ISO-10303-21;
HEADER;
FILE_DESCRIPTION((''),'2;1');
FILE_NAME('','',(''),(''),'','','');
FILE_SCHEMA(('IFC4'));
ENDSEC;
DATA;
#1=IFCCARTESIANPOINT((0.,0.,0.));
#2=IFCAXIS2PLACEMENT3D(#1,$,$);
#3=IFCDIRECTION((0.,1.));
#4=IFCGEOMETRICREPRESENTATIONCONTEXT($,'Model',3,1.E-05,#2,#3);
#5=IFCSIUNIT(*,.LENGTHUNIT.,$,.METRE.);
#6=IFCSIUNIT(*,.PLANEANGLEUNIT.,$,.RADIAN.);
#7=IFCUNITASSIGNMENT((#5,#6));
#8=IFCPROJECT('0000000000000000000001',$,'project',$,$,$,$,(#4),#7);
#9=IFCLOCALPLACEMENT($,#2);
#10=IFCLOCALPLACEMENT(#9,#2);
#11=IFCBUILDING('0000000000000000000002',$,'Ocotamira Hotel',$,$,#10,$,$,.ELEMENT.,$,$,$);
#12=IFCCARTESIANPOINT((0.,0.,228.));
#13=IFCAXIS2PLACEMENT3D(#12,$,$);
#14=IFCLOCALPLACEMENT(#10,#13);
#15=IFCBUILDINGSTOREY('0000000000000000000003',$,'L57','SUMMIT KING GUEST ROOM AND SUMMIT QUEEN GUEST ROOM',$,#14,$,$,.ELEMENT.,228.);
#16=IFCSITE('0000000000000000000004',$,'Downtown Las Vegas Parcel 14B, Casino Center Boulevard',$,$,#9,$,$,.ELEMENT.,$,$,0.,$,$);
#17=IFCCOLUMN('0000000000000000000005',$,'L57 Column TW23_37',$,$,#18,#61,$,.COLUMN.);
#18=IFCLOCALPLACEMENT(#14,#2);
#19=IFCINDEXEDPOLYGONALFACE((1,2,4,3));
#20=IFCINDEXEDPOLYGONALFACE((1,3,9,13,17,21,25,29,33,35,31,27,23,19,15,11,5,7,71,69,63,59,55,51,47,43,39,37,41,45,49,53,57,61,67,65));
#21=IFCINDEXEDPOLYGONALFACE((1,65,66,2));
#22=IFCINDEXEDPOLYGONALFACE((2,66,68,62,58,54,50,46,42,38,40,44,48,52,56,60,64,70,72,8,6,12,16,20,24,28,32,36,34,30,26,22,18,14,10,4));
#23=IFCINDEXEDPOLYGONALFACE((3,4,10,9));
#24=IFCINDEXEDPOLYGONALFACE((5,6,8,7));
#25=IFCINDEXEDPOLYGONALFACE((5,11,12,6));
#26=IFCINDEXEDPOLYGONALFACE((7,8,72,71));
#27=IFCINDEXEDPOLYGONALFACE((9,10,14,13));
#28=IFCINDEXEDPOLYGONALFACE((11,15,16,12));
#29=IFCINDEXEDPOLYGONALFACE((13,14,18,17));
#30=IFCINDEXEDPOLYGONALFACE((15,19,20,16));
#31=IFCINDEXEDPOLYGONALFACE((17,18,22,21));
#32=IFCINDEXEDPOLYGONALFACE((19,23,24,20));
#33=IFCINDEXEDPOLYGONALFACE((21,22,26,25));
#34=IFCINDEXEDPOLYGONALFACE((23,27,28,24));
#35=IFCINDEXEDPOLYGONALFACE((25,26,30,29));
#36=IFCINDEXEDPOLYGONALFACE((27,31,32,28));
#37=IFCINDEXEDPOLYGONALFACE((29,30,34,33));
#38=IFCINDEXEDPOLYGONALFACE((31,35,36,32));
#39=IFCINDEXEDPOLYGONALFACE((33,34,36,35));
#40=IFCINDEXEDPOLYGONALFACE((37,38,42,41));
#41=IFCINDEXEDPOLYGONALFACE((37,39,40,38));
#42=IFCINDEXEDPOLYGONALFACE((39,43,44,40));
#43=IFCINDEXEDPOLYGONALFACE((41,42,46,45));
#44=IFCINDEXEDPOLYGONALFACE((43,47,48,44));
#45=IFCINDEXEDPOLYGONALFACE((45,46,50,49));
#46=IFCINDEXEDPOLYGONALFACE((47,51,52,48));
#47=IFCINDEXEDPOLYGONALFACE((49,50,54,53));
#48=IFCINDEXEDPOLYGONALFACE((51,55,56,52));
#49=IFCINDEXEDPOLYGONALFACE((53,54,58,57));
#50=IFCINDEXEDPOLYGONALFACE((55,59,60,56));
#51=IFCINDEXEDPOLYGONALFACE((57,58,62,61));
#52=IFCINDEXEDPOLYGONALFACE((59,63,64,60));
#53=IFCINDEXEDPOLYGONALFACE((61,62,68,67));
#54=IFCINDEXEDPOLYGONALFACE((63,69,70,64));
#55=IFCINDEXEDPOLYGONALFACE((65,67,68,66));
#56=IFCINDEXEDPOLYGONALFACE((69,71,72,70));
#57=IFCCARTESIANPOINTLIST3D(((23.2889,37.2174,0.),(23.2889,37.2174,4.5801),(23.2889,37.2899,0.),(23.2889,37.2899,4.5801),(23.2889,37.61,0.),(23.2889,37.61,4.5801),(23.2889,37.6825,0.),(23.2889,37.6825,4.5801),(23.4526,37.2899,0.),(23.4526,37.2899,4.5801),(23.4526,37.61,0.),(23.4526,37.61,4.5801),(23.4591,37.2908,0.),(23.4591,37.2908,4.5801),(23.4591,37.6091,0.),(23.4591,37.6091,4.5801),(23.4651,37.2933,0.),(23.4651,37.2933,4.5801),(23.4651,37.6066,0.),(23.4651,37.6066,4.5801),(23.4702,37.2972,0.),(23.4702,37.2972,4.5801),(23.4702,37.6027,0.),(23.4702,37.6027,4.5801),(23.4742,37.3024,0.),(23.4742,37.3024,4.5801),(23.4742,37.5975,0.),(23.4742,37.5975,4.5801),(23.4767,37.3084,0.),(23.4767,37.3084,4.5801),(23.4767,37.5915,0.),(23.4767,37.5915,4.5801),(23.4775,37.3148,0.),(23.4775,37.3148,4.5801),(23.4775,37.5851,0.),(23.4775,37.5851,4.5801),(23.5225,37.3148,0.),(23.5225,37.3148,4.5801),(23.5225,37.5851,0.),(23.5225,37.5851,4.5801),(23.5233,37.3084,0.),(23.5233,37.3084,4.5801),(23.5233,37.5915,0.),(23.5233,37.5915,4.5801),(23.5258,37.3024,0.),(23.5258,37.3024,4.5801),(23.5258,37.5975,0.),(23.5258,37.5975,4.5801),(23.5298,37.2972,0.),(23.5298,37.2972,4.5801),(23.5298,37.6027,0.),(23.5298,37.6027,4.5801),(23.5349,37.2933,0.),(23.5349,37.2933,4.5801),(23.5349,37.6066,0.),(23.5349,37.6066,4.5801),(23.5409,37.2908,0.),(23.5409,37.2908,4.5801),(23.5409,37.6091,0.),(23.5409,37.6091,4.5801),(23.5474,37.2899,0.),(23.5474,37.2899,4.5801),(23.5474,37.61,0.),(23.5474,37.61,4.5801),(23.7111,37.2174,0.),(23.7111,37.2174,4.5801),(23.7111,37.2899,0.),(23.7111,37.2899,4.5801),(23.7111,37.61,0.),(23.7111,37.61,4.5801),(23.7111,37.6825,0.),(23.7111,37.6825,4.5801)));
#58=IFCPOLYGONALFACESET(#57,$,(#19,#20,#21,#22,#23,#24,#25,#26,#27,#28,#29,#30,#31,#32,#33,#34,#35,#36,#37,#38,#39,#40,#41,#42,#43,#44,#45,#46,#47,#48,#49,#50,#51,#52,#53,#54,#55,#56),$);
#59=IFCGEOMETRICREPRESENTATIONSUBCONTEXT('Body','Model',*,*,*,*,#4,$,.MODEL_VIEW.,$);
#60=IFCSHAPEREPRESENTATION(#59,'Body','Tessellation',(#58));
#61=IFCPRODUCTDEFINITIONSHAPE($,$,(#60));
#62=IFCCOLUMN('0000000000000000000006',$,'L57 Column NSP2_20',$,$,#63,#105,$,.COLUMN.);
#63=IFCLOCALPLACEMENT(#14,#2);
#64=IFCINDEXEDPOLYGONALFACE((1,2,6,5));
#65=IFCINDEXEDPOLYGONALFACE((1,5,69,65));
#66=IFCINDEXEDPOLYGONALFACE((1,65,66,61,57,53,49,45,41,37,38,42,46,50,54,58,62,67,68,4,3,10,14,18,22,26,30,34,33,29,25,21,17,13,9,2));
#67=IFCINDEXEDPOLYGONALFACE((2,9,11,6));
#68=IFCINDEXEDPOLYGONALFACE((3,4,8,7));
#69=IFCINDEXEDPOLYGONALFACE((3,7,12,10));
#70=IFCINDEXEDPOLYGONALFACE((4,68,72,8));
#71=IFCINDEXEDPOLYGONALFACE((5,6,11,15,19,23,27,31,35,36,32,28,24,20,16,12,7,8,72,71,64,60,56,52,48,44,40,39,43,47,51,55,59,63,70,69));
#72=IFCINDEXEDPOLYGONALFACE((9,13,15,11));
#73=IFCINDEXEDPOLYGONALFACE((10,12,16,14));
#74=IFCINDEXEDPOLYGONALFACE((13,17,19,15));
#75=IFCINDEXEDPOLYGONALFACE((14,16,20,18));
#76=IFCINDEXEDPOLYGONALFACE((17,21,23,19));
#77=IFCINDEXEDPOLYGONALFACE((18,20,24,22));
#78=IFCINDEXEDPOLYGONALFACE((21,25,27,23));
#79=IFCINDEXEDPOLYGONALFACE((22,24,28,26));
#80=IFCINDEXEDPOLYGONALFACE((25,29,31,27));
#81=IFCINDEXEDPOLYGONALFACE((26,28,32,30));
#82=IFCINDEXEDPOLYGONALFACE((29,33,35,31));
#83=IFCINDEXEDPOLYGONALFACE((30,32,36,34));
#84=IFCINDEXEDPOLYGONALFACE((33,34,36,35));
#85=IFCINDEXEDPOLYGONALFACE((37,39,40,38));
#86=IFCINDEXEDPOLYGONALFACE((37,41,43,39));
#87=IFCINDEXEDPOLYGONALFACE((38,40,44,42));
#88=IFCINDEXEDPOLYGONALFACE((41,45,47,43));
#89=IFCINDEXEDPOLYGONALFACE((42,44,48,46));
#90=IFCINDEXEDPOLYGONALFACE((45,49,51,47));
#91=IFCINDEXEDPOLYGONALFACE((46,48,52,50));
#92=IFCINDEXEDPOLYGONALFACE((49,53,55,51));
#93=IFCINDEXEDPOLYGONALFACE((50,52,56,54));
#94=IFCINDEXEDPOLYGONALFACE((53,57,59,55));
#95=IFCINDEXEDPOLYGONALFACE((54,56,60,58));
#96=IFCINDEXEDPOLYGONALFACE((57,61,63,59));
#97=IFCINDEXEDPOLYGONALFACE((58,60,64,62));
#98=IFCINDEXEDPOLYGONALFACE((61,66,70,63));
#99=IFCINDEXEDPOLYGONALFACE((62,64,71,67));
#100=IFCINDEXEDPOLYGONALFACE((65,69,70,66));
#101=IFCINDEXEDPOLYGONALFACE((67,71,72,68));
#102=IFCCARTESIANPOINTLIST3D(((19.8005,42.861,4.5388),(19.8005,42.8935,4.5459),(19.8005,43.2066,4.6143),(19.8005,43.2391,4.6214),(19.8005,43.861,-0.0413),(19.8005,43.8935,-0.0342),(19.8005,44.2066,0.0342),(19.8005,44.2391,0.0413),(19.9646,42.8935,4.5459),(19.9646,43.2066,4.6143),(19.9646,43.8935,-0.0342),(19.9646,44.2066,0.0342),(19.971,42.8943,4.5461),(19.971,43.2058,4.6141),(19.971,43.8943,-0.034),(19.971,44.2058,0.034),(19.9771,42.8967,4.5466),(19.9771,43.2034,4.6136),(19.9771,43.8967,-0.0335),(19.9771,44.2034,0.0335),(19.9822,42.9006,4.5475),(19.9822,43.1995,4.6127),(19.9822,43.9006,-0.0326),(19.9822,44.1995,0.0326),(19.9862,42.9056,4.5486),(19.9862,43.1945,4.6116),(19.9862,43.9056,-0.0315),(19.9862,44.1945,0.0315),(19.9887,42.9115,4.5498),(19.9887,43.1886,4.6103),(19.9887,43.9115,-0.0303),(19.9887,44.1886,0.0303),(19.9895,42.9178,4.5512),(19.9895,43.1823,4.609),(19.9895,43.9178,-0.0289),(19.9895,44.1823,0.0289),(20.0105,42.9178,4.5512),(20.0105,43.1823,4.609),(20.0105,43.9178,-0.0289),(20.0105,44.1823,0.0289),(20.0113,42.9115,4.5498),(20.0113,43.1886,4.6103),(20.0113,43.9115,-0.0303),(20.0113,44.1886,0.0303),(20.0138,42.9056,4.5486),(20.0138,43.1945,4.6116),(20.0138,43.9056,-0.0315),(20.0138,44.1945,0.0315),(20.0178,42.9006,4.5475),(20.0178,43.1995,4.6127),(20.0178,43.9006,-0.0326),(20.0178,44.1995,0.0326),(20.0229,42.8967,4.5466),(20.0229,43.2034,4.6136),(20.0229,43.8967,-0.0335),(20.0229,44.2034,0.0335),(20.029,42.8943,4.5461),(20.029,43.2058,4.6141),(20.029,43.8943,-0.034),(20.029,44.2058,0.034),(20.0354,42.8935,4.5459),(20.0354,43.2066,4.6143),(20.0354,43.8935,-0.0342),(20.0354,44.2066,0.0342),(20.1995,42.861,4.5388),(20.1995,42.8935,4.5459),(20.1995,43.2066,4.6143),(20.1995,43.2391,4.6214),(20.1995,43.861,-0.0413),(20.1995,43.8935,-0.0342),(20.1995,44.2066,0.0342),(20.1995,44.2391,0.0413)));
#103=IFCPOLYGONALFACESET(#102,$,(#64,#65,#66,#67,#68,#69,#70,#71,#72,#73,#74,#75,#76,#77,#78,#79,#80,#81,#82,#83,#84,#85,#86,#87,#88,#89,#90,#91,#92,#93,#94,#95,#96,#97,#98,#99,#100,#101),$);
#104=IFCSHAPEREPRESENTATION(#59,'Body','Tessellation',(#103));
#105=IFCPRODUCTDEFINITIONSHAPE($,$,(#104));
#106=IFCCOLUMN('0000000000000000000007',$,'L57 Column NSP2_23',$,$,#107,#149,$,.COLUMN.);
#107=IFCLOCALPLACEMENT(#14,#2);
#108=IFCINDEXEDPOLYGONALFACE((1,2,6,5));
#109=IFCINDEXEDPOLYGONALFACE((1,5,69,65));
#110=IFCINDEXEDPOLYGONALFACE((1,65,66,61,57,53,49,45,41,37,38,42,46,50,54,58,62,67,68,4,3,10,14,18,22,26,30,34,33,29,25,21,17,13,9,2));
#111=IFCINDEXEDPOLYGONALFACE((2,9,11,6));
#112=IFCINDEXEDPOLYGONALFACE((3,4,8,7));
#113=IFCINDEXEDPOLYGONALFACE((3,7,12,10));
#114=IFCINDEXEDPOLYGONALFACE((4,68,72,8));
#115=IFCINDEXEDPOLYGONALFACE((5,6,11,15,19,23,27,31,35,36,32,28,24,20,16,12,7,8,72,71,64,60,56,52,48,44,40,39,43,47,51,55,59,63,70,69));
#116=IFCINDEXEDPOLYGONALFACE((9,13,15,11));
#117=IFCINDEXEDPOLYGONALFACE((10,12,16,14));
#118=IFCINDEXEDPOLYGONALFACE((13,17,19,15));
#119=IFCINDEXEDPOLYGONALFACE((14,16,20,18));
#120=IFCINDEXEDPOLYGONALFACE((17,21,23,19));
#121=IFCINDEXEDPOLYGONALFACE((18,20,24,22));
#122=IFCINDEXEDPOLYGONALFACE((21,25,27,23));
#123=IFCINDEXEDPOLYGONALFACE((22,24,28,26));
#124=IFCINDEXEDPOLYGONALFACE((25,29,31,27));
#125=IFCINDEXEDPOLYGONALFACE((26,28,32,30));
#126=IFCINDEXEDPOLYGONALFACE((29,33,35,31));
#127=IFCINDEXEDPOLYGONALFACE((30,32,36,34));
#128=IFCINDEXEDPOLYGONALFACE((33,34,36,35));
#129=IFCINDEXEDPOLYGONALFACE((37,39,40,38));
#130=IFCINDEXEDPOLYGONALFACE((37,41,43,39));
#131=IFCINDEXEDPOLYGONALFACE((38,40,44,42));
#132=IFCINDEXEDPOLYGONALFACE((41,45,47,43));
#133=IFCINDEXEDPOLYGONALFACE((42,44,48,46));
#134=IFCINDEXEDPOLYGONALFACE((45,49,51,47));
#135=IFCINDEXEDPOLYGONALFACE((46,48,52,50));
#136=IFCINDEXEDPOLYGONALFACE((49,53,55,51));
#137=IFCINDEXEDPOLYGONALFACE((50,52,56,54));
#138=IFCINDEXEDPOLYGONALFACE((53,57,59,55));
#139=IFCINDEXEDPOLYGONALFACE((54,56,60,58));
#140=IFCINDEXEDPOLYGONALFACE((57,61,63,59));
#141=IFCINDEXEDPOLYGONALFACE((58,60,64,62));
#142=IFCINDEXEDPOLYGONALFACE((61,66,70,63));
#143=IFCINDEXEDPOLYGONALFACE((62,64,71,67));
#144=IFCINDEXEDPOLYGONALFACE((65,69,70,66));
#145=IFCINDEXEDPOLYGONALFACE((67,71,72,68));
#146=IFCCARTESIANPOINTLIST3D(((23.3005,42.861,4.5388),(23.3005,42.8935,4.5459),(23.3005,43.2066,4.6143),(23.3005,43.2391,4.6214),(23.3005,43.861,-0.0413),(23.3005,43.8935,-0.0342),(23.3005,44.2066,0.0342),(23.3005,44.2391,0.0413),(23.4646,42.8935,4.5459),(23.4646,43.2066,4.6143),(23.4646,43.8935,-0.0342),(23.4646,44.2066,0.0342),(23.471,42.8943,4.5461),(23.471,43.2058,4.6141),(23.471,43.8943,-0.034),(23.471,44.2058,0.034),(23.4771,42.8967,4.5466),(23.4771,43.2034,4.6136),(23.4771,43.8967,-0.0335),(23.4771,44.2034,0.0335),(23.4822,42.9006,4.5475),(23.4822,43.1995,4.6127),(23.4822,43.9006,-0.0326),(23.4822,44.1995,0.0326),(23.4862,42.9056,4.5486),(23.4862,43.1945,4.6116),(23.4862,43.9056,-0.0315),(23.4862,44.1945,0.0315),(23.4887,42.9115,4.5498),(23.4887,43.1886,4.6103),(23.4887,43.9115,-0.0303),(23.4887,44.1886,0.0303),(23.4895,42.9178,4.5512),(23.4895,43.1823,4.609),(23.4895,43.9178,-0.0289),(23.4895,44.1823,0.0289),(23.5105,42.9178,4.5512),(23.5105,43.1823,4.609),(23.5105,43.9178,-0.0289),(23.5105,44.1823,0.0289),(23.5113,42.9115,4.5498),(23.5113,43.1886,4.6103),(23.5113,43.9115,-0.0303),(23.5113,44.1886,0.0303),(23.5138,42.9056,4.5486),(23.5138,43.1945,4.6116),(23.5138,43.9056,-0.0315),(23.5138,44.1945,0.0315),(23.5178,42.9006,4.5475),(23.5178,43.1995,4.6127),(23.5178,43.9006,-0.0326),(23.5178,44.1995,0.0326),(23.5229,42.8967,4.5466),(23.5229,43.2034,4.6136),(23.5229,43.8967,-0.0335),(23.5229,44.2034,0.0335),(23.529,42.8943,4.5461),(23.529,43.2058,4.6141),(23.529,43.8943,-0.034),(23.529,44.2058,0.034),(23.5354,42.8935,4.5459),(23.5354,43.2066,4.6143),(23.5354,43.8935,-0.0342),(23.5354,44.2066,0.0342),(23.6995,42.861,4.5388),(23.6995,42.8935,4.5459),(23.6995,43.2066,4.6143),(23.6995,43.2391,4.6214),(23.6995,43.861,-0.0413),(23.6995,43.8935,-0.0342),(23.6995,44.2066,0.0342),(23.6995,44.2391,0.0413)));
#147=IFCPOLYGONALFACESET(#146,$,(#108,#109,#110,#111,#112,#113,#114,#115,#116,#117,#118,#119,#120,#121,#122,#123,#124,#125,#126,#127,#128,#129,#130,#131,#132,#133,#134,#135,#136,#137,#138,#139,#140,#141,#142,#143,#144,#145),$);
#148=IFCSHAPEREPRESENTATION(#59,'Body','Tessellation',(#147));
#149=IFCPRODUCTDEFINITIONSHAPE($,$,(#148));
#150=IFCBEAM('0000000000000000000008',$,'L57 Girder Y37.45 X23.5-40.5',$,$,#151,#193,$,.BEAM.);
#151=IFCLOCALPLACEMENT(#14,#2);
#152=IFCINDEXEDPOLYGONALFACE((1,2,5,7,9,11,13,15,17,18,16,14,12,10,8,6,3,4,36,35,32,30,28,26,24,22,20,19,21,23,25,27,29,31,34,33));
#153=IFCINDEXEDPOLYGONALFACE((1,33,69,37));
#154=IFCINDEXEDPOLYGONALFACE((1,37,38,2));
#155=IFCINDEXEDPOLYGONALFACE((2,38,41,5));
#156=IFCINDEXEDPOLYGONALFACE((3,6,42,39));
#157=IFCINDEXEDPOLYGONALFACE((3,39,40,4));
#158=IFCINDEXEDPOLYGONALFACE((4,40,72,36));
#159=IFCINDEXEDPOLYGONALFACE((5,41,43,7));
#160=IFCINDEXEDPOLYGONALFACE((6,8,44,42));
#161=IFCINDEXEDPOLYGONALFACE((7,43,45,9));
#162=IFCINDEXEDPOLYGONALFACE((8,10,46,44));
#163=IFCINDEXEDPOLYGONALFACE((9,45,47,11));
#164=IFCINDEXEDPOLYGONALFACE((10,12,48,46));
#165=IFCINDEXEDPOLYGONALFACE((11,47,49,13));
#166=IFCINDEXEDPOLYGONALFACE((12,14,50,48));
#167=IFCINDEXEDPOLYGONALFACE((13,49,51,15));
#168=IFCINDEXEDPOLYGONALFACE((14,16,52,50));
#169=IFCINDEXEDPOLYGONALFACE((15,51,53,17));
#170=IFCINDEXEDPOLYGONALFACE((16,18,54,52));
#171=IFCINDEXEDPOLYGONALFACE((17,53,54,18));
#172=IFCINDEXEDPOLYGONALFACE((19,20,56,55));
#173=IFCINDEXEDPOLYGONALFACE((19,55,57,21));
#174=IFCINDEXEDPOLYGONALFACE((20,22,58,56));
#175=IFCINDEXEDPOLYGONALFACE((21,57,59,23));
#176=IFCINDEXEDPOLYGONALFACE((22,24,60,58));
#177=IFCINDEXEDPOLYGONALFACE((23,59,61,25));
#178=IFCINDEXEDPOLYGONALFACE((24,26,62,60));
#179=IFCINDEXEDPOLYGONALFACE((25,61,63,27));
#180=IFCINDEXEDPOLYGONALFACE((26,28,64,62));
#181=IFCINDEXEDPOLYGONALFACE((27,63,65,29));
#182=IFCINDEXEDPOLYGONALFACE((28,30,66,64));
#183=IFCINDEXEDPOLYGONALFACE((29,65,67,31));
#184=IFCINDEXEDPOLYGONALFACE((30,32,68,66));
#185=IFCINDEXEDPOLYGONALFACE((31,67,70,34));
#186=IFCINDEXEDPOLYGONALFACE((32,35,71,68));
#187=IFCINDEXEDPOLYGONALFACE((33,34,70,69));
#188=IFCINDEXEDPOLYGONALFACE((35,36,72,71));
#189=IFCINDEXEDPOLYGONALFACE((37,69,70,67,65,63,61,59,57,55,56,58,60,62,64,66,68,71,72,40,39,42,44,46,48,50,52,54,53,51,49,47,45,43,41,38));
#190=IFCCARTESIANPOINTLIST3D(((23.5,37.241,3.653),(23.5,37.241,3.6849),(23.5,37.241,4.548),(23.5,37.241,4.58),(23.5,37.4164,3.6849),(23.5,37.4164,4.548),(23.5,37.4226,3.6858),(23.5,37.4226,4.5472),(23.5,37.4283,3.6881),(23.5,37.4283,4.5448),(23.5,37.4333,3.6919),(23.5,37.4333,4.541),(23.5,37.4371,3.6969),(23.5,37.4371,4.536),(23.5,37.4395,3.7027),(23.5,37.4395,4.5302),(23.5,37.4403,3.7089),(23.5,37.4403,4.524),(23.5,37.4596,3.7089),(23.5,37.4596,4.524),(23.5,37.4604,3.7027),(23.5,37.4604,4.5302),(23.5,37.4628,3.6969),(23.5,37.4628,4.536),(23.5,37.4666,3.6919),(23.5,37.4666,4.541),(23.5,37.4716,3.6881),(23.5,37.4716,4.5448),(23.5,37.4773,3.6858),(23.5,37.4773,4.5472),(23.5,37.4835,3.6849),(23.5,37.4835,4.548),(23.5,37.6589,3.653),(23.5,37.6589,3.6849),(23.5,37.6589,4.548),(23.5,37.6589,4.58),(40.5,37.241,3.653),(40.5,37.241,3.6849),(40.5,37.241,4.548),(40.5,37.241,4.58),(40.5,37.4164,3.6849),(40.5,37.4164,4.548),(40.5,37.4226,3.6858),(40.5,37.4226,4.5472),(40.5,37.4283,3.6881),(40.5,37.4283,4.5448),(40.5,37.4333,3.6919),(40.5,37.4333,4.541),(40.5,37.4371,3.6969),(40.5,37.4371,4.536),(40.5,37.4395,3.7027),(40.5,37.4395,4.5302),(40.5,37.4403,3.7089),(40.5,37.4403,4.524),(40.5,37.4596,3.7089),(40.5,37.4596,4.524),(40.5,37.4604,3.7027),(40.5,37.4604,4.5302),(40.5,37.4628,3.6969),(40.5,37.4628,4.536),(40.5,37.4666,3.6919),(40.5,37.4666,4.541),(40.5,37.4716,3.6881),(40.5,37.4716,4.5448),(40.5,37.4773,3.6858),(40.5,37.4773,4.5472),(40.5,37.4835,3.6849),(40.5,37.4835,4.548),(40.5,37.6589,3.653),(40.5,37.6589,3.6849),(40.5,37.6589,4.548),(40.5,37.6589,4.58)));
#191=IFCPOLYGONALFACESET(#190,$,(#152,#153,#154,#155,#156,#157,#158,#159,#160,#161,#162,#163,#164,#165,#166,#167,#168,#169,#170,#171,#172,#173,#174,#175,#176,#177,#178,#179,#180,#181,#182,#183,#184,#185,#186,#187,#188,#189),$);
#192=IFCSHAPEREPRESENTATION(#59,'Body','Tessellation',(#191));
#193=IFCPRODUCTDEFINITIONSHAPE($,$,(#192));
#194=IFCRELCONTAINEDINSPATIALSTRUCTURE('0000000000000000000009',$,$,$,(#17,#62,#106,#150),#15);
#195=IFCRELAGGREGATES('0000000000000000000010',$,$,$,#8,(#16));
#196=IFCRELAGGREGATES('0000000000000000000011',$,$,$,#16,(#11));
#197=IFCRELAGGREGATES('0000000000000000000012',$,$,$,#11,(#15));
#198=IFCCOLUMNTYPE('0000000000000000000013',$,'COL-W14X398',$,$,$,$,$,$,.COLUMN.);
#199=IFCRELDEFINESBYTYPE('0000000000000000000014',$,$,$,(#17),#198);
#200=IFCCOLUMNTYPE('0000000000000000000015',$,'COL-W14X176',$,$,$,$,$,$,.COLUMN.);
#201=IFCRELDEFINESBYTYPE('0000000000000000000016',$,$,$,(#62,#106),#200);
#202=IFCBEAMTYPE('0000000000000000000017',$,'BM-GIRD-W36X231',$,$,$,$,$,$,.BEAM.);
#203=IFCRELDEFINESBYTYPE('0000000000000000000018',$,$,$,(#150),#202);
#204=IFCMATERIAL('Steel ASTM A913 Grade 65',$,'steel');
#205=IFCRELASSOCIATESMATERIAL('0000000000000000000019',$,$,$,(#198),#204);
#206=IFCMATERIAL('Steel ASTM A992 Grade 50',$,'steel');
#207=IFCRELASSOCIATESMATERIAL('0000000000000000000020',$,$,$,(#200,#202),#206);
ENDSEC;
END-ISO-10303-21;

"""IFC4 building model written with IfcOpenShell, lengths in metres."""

from ifc_helpers import new_model, si_unit, direction, frame, origin, origin_2d, place, context, subcontext, project, spatial, i_section, extrude, source, transform, mapped, material, material_profile, profile_set, type_object, element, save


model = new_model("IFC4")

# Units and contexts
model_context = context("Model", 3, precision=1e-05, world=origin(), true_north=direction((0.0, 1.0)))
body_context = subcontext(model_context, "Body", "Model", "MODEL_VIEW")
ifc_project = project(units=[si_unit("LENGTHUNIT", "METRE"), si_unit("PLANEANGLEUNIT", "RADIAN")], contexts=[model_context])

# Site, building, storey
site_placement = place(None, origin())
site = spatial("IfcSite", under=ifc_project, at=site_placement, Name="Downtown Las Vegas Parcel 14B, Casino Center Boulevard", CompositionType="ELEMENT", RefElevation=0.0)
building_placement = place(site_placement, origin())
building = spatial("IfcBuilding", under=site, at=building_placement, Name="Ocotamira Hotel", CompositionType="ELEMENT")
storey_placement = place(building_placement, frame((0.0, 0.0, 228.0)))
storey = spatial("IfcBuildingStorey", under=building, at=storey_placement, Name="L57", Description="SUMMIT KING GUEST ROOM AND SUMMIT QUEEN GUEST ROOM", CompositionType="ELEMENT", Elevation=228.0)

# Columns
ifc_material_1 = material(Name="Steel ASTM A913 Grade 65", Category="steel")
ifc_material_profile_1 = material_profile(ifc_material_1, i_section(OverallWidth=0.4221, OverallDepth=0.4651, WebThickness=0.0449, FlangeThickness=0.0725, FilletRadius=0.0249, at=origin_2d()), Name="W14X398")
ifc_profile_set_1 = profile_set([ifc_material_profile_1], Name="Steel ASTM A913 Grade 65")
column_type_1 = type_object("IfcColumnType", Name="COL-W14X398", PredefinedType="COLUMN", material=ifc_profile_set_1)
shared_shape_1 = source(origin(), body_context, "Body", "SweptSolid", [
    extrude(i_section(OverallWidth=0.4221, OverallDepth=0.4651, WebThickness=0.0449, FlangeThickness=0.0725, FilletRadius=0.0249, at=origin_2d()), origin(), (0.0, 0.0, 1.0), 4.5801),
])
column_placement = place(storey_placement, frame((23.5, 37.45, 0.0), z_axis=(0.0, 0.0, 1.0), x_axis=(1.0, 0.0, 0.0)))
element("IfcColumn", 1, at=column_placement, inside=storey, type_object=column_type_1, Name="L57 Column TW23_37", PredefinedType="COLUMN", context=body_context, shape_type="MappedRepresentation", body=[
    mapped(shared_shape_1, transform((0.0, 0.0, 0.0), scale=1.0)),
])
ifc_material_2 = material(Name="Steel ASTM A992 Grade 50", Category="steel")
ifc_material_profile_2 = material_profile(ifc_material_2, i_section(OverallWidth=0.3989, OverallDepth=0.387, WebThickness=0.021, FlangeThickness=0.0332, FilletRadius=0.0249, at=origin_2d()), Name="W14X176")
ifc_profile_set_2 = profile_set([ifc_material_profile_2], Name="Steel ASTM A992 Grade 50")
column_type_2 = type_object("IfcColumnType", Name="COL-W14X176", PredefinedType="COLUMN", material=ifc_profile_set_2)
shared_shape_2 = source(origin(), body_context, "Body", "SweptSolid", [
    extrude(i_section(OverallWidth=0.3989, OverallDepth=0.387, WebThickness=0.021, FlangeThickness=0.0332, FilletRadius=0.0249, at=origin_2d()), origin(), (0.0, 0.0, 1.0), 4.688),
])
for number, where, z_axis, x_axis, name in (
    (2, (20.0, 44.05, 0.0), (0.0, -0.213312, 0.976984), (1.0, 0.0, 0.0), "L57 Column NSP2_20"),
    (3, (23.5, 44.05, 0.0), (0.0, -0.213312, 0.976984), (1.0, 0.0, 0.0), "L57 Column NSP2_23"),
):
    element("IfcColumn", number, at=place(storey_placement, frame(where, z_axis=z_axis, x_axis=x_axis)), inside=storey, type_object=column_type_2, Name=name, PredefinedType="COLUMN", context=body_context, shape_type="MappedRepresentation", body=[
        mapped(shared_shape_2, transform((0.0, 0.0, 0.0), scale=1.0)),
    ])

# Beam
ifc_material_profile_3 = material_profile(ifc_material_2, i_section(OverallWidth=0.418, OverallDepth=0.927, WebThickness=0.0193, FlangeThickness=0.032, FilletRadius=0.0239, at=origin_2d()), Name="W36X231")
ifc_profile_set_3 = profile_set([ifc_material_profile_3], Name="Steel ASTM A992 Grade 50")
beam_type_1 = type_object("IfcBeamType", Name="BM-GIRD-W36X231", PredefinedType="BEAM", material=ifc_profile_set_3)
shared_shape_3 = source(origin(), body_context, "Body", "SweptSolid", [
    extrude(i_section(OverallWidth=0.418, OverallDepth=0.927, WebThickness=0.0193, FlangeThickness=0.032, FilletRadius=0.0239, at=origin_2d()), origin(), (0.0, 0.0, 1.0), 17.0),
])
for number, where, z_axis, x_axis, name in (
    (4, (23.5, 37.45, 4.1165), (1.0, 0.0, 0.0), (0.0, 1.0, 0.0), "L57 Girder Y37.45 X23.5-40.5"),
):
    element("IfcBeam", number, at=place(storey_placement, frame(where, z_axis=z_axis, x_axis=x_axis)), inside=storey, type_object=beam_type_1, Name=name, PredefinedType="BEAM", context=body_context, shape_type="MappedRepresentation", body=[
        mapped(shared_shape_3, transform((0.0, 0.0, 0.0), scale=1.0)),
    ])

save(model, "model.ifc")
